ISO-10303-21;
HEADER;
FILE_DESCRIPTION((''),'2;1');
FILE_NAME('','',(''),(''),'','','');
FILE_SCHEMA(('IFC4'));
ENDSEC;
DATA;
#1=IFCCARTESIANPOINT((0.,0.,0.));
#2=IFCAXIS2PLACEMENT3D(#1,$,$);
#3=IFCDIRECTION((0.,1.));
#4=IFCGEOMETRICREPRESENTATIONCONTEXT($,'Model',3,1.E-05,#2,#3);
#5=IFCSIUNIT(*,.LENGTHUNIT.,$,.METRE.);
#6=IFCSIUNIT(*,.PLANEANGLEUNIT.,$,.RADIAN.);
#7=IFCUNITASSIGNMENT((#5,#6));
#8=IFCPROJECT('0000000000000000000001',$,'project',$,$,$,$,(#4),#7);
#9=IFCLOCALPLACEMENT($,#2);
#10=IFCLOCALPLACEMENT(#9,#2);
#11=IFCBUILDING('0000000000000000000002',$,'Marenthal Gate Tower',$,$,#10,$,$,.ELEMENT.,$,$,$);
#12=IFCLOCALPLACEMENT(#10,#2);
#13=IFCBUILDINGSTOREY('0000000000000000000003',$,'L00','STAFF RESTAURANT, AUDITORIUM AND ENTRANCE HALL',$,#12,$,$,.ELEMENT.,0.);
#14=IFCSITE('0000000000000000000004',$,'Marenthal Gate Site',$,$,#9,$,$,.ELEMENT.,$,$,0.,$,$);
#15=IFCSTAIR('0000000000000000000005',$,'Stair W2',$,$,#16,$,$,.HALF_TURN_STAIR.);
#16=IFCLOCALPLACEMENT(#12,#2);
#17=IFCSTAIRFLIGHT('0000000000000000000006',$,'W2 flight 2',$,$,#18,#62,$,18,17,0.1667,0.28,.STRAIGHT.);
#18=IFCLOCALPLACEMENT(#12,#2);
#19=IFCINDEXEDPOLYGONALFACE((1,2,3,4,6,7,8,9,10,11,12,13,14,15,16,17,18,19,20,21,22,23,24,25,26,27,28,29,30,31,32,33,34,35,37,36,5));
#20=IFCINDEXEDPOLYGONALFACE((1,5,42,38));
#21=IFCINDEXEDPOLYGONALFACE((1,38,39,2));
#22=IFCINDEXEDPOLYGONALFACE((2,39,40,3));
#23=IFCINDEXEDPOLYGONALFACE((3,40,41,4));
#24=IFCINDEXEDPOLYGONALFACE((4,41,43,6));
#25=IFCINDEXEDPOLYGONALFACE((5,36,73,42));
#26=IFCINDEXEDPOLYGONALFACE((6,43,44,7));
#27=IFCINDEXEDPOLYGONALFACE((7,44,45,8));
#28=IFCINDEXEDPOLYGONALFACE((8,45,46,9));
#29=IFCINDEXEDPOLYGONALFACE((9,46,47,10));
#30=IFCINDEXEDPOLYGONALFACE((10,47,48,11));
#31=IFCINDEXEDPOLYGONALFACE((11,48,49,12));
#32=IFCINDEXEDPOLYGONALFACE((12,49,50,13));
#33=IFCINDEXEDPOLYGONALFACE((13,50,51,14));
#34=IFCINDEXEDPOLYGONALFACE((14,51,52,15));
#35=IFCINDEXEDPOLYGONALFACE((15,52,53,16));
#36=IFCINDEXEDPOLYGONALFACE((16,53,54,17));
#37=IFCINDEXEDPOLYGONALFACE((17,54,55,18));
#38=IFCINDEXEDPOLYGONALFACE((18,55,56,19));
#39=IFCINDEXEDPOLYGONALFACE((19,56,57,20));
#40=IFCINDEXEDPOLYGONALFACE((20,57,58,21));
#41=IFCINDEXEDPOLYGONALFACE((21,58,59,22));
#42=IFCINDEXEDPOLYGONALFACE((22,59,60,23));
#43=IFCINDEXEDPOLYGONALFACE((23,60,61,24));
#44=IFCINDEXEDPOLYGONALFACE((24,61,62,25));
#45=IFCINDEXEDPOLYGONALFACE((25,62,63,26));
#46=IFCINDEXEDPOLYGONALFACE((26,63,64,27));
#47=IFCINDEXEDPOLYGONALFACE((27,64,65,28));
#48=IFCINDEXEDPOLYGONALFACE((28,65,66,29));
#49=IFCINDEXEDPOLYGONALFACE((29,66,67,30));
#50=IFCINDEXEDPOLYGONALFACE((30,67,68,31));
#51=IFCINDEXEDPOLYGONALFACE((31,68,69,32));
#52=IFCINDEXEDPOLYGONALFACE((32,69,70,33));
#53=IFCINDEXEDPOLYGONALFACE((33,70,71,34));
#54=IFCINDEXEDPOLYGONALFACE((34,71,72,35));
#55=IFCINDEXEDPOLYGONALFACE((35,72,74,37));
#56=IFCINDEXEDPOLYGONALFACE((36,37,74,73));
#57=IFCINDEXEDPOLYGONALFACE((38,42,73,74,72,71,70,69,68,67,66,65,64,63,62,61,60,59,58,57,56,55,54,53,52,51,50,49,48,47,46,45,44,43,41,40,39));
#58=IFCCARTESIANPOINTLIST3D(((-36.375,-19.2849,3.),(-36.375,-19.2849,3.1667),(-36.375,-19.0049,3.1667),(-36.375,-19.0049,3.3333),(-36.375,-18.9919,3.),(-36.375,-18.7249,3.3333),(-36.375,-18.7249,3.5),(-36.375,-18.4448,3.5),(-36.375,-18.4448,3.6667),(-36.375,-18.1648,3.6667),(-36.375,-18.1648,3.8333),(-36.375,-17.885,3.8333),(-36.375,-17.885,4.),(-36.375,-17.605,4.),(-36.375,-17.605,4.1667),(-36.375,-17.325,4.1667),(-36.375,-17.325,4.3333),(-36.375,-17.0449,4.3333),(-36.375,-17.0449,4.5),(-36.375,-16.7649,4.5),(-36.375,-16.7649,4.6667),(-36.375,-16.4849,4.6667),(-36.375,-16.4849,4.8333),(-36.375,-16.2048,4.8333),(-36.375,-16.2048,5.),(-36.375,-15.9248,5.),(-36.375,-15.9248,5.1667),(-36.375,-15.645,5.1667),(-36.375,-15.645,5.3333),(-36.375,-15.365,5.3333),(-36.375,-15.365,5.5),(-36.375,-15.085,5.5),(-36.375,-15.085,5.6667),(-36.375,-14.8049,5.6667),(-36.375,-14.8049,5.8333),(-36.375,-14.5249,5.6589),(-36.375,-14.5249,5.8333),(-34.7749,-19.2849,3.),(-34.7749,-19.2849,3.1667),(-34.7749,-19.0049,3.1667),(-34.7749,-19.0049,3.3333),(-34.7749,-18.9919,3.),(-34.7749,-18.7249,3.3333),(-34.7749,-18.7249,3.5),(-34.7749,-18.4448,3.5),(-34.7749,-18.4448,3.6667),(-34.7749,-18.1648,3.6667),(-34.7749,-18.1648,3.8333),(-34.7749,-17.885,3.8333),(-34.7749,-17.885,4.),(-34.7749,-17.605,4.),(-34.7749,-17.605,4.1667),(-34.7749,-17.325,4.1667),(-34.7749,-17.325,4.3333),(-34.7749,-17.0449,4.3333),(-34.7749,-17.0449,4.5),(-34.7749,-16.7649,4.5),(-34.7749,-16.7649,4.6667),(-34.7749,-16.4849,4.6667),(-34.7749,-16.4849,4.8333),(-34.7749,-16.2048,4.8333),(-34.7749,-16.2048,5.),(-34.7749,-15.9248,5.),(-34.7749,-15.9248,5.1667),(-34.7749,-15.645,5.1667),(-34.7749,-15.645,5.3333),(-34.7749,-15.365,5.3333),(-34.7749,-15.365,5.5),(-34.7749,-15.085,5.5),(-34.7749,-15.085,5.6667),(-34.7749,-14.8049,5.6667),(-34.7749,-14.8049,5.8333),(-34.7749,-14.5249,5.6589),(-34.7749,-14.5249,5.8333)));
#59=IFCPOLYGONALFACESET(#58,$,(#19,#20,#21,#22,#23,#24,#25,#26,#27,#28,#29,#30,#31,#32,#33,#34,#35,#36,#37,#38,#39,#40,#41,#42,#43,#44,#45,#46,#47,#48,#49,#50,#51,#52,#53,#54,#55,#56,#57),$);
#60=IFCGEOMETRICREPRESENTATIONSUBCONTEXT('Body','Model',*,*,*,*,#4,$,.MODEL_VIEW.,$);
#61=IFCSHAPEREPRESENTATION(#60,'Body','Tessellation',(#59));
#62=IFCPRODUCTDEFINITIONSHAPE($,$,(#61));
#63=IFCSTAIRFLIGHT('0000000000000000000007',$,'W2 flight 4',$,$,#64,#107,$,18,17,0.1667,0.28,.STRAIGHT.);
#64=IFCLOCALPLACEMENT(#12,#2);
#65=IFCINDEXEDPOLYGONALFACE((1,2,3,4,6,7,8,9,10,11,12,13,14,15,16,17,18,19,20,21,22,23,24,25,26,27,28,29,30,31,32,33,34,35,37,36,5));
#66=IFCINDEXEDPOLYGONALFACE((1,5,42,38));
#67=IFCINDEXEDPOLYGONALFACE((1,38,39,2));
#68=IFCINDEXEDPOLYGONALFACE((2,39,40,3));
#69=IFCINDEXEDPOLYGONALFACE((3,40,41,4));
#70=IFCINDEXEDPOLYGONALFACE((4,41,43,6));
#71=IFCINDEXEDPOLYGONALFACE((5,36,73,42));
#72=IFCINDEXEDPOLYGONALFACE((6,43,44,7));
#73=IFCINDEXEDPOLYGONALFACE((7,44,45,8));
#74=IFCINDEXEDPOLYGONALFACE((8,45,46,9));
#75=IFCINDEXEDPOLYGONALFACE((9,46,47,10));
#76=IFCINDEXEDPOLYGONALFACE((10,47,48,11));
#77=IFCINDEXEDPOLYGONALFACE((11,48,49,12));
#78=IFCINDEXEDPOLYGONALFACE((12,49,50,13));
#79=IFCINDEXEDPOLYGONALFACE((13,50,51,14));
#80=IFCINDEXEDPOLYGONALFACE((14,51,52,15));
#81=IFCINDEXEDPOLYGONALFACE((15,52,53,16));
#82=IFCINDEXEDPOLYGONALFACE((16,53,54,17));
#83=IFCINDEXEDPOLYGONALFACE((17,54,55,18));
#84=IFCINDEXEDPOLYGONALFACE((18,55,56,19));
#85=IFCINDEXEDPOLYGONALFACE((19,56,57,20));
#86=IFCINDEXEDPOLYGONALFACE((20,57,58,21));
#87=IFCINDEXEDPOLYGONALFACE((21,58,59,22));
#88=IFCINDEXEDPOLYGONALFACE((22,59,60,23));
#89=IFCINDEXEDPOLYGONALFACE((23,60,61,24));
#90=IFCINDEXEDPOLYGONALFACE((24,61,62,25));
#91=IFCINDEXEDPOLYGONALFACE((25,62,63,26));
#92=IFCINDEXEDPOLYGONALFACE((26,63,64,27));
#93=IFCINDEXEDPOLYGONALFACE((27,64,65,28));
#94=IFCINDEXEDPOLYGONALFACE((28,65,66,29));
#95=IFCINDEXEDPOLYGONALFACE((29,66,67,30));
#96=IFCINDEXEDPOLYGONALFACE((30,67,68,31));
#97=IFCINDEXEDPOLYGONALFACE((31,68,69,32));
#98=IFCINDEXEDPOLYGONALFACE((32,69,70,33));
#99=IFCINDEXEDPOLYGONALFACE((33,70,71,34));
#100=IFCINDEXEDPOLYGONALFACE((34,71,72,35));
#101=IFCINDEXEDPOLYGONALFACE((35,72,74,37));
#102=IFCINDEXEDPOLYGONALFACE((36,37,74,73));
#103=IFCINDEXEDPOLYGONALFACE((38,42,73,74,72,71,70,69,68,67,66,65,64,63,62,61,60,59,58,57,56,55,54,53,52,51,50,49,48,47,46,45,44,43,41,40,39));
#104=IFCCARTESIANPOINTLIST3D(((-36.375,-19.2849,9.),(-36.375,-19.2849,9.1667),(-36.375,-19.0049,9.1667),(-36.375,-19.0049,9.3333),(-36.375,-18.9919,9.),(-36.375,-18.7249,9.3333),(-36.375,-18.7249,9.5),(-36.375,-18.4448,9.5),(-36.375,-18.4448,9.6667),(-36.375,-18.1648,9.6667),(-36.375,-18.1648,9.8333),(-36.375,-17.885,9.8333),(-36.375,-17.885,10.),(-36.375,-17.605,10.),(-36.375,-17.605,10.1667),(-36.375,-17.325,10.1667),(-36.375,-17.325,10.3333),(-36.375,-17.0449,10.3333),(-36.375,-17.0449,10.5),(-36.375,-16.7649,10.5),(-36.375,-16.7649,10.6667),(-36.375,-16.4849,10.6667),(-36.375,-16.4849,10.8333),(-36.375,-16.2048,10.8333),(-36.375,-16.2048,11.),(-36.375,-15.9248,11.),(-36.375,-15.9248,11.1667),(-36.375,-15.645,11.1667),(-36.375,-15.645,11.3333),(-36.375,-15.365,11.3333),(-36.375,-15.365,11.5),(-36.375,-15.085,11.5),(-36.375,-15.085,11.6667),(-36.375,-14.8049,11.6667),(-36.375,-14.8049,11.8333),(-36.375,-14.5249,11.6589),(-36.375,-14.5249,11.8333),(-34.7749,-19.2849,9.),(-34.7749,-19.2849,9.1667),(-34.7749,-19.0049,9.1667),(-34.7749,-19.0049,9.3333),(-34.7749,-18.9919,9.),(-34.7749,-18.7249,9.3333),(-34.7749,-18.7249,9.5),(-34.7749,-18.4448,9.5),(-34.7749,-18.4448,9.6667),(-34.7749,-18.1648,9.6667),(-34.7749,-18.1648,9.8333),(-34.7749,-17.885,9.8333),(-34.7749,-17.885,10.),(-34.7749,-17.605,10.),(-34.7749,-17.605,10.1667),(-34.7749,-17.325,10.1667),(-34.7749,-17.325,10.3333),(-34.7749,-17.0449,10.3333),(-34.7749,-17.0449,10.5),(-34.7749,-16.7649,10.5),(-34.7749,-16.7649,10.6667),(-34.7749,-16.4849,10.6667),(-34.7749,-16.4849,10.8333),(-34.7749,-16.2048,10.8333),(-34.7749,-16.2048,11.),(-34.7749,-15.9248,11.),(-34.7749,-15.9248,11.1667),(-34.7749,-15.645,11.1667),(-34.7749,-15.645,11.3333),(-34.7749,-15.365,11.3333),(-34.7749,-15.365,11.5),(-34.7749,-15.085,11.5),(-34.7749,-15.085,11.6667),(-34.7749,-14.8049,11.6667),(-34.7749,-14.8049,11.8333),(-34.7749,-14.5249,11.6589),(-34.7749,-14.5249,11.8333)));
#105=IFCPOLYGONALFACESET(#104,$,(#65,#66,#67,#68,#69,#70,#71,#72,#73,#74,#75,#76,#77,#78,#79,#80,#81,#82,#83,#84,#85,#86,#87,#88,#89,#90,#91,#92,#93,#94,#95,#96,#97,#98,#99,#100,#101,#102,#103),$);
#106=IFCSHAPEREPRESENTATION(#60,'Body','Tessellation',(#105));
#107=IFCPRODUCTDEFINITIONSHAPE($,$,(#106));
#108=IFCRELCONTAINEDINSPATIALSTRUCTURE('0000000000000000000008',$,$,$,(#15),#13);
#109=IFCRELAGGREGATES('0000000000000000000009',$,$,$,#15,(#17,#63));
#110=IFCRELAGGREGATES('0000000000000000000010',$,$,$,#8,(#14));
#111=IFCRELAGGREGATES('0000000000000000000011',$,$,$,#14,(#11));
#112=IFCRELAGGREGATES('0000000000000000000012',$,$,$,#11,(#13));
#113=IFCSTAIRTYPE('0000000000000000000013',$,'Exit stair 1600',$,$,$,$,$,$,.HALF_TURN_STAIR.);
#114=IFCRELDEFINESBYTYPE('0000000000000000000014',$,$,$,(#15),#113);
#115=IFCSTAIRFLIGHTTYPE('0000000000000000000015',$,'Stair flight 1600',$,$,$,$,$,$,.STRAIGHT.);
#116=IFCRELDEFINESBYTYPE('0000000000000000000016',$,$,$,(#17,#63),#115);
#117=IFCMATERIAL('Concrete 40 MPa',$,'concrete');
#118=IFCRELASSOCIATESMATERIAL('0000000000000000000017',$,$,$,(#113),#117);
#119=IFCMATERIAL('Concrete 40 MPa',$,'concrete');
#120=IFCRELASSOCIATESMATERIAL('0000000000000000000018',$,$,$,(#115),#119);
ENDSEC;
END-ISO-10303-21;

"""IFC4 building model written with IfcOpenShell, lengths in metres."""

from ifc_helpers import new_model, si_unit, direction, frame, origin, place, context, subcontext, project, spatial, polyline, outline, extrude, material, type_object, element, aggregate, save


model = new_model("IFC4")

# Units and contexts
model_context = context("Model", 3, precision=1e-05, world=origin(), true_north=direction((0.0, 1.0)))
body_context = subcontext(model_context, "Body", "Model", "MODEL_VIEW")
ifc_project = project(units=[si_unit("LENGTHUNIT", "METRE"), si_unit("PLANEANGLEUNIT", "RADIAN")], contexts=[model_context])

# Site, building, storey
site_placement = place(None, origin())
site = spatial("IfcSite", under=ifc_project, at=site_placement, Name="Marenthal Gate Site", CompositionType="ELEMENT", RefElevation=0.0)
building_placement = place(site_placement, origin())
building = spatial("IfcBuilding", under=site, at=building_placement, Name="Marenthal Gate Tower", CompositionType="ELEMENT")
storey_placement = place(building_placement, origin())
storey = spatial("IfcBuildingStorey", under=building, at=storey_placement, Name="L00", Description="STAFF RESTAURANT, AUDITORIUM AND ENTRANCE HALL", CompositionType="ELEMENT", Elevation=0.0)

# Stair, stair flights
ifc_material_1 = material(Name="Concrete 40 MPa", Category="concrete")
stair_type = type_object("IfcStairType", Name="Exit stair 1600", PredefinedType="HALF_TURN_STAIR", material=ifc_material_1)
stair_placement = place(storey_placement, origin())
stair = element("IfcStair", 1, at=stair_placement, inside=storey, type_object=stair_type, Name="Stair W2", PredefinedType="HALF_TURN_STAIR")
ifc_material_2 = material(Name="Concrete 40 MPa", Category="concrete")
stair_flight_type = type_object("IfcStairFlightType", Name="Stair flight 1600", PredefinedType="STRAIGHT", material=ifc_material_2)
stair_flight_1_placement = place(storey_placement, frame((-35.575, -19.2849, 3.0), z_axis=(0.0, 0.0, 1.0), x_axis=(0.0, 1.0, 0.0)))
stair_flight_1 = element("IfcStairFlight", 2, at=stair_flight_1_placement, type_object=stair_flight_type, Name="W2 flight 2", NumberOfRisers=18, NumberOfTreads=17, PredefinedType="STRAIGHT", RiserHeight=0.1667, TreadLength=0.28, context=body_context, shape_type="SweptSolid", body=[
    extrude(outline(polyline([(0.0, 0.0), (0.0, 0.1667), (0.28, 0.1667), (0.28, 0.3333), (0.5601, 0.3333), (0.5601, 0.5), (0.8401, 0.5), (0.8401, 0.6667), (1.1201, 0.6667), (1.1201, 0.8333), (1.3999, 0.8333), (1.3999, 1.0), (1.6799, 1.0), (1.6799, 1.1667), (1.96, 1.1667), (1.96, 1.3333), (2.24, 1.3333), (2.24, 1.5), (2.52, 1.5), (2.52, 1.6667), (2.8, 1.6667), (2.8, 1.8333), (3.0801, 1.8333), (3.0801, 2.0), (3.3601, 2.0), (3.3601, 2.1667), (3.6399, 2.1667), (3.6399, 2.3333), (3.9199, 2.3333), (3.9199, 2.5), (4.2, 2.5), (4.2, 2.6667), (4.48, 2.6667), (4.48, 2.8333), (4.76, 2.8333), (4.76, 3.0), (4.76, 2.6589), (0.293, 0.0), (0.0, 0.0)])), frame((0.0, 0.8, 0.0), z_axis=(0.0, -1.0, 0.0), x_axis=(1.0, 0.0, 0.0)), (0.0, 0.0, 1.0), 1.6001),
])
stair_flight_2_placement = place(storey_placement, frame((-35.575, -19.2849, 9.0), z_axis=(0.0, 0.0, 1.0), x_axis=(0.0, 1.0, 0.0)))
stair_flight_2 = element("IfcStairFlight", 3, at=stair_flight_2_placement, type_object=stair_flight_type, Name="W2 flight 4", NumberOfRisers=18, NumberOfTreads=17, PredefinedType="STRAIGHT", RiserHeight=0.1667, TreadLength=0.28, context=body_context, shape_type="SweptSolid", body=[
    extrude(outline(polyline([(0.0, 0.0), (0.0, 0.1667), (0.28, 0.1667), (0.28, 0.3333), (0.5601, 0.3333), (0.5601, 0.5), (0.8401, 0.5), (0.8401, 0.6667), (1.1201, 0.6667), (1.1201, 0.8333), (1.3999, 0.8333), (1.3999, 1.0), (1.6799, 1.0), (1.6799, 1.1667), (1.96, 1.1667), (1.96, 1.3333), (2.24, 1.3333), (2.24, 1.5), (2.52, 1.5), (2.52, 1.6667), (2.8, 1.6667), (2.8, 1.8333), (3.0801, 1.8333), (3.0801, 2.0), (3.3601, 2.0), (3.3601, 2.1667), (3.6399, 2.1667), (3.6399, 2.3333), (3.9199, 2.3333), (3.9199, 2.5), (4.2, 2.5), (4.2, 2.6667), (4.48, 2.6667), (4.48, 2.8333), (4.76, 2.8333), (4.76, 3.0), (4.76, 2.6589), (0.293, 0.0), (0.0, 0.0)])), frame((0.0, 0.8, 0.0), z_axis=(0.0, -1.0, 0.0), x_axis=(1.0, 0.0, 0.0)), (0.0, 0.0, 1.0), 1.6001),
])
aggregate(stair, [stair_flight_1, stair_flight_2])

save(model, "model.ifc")
